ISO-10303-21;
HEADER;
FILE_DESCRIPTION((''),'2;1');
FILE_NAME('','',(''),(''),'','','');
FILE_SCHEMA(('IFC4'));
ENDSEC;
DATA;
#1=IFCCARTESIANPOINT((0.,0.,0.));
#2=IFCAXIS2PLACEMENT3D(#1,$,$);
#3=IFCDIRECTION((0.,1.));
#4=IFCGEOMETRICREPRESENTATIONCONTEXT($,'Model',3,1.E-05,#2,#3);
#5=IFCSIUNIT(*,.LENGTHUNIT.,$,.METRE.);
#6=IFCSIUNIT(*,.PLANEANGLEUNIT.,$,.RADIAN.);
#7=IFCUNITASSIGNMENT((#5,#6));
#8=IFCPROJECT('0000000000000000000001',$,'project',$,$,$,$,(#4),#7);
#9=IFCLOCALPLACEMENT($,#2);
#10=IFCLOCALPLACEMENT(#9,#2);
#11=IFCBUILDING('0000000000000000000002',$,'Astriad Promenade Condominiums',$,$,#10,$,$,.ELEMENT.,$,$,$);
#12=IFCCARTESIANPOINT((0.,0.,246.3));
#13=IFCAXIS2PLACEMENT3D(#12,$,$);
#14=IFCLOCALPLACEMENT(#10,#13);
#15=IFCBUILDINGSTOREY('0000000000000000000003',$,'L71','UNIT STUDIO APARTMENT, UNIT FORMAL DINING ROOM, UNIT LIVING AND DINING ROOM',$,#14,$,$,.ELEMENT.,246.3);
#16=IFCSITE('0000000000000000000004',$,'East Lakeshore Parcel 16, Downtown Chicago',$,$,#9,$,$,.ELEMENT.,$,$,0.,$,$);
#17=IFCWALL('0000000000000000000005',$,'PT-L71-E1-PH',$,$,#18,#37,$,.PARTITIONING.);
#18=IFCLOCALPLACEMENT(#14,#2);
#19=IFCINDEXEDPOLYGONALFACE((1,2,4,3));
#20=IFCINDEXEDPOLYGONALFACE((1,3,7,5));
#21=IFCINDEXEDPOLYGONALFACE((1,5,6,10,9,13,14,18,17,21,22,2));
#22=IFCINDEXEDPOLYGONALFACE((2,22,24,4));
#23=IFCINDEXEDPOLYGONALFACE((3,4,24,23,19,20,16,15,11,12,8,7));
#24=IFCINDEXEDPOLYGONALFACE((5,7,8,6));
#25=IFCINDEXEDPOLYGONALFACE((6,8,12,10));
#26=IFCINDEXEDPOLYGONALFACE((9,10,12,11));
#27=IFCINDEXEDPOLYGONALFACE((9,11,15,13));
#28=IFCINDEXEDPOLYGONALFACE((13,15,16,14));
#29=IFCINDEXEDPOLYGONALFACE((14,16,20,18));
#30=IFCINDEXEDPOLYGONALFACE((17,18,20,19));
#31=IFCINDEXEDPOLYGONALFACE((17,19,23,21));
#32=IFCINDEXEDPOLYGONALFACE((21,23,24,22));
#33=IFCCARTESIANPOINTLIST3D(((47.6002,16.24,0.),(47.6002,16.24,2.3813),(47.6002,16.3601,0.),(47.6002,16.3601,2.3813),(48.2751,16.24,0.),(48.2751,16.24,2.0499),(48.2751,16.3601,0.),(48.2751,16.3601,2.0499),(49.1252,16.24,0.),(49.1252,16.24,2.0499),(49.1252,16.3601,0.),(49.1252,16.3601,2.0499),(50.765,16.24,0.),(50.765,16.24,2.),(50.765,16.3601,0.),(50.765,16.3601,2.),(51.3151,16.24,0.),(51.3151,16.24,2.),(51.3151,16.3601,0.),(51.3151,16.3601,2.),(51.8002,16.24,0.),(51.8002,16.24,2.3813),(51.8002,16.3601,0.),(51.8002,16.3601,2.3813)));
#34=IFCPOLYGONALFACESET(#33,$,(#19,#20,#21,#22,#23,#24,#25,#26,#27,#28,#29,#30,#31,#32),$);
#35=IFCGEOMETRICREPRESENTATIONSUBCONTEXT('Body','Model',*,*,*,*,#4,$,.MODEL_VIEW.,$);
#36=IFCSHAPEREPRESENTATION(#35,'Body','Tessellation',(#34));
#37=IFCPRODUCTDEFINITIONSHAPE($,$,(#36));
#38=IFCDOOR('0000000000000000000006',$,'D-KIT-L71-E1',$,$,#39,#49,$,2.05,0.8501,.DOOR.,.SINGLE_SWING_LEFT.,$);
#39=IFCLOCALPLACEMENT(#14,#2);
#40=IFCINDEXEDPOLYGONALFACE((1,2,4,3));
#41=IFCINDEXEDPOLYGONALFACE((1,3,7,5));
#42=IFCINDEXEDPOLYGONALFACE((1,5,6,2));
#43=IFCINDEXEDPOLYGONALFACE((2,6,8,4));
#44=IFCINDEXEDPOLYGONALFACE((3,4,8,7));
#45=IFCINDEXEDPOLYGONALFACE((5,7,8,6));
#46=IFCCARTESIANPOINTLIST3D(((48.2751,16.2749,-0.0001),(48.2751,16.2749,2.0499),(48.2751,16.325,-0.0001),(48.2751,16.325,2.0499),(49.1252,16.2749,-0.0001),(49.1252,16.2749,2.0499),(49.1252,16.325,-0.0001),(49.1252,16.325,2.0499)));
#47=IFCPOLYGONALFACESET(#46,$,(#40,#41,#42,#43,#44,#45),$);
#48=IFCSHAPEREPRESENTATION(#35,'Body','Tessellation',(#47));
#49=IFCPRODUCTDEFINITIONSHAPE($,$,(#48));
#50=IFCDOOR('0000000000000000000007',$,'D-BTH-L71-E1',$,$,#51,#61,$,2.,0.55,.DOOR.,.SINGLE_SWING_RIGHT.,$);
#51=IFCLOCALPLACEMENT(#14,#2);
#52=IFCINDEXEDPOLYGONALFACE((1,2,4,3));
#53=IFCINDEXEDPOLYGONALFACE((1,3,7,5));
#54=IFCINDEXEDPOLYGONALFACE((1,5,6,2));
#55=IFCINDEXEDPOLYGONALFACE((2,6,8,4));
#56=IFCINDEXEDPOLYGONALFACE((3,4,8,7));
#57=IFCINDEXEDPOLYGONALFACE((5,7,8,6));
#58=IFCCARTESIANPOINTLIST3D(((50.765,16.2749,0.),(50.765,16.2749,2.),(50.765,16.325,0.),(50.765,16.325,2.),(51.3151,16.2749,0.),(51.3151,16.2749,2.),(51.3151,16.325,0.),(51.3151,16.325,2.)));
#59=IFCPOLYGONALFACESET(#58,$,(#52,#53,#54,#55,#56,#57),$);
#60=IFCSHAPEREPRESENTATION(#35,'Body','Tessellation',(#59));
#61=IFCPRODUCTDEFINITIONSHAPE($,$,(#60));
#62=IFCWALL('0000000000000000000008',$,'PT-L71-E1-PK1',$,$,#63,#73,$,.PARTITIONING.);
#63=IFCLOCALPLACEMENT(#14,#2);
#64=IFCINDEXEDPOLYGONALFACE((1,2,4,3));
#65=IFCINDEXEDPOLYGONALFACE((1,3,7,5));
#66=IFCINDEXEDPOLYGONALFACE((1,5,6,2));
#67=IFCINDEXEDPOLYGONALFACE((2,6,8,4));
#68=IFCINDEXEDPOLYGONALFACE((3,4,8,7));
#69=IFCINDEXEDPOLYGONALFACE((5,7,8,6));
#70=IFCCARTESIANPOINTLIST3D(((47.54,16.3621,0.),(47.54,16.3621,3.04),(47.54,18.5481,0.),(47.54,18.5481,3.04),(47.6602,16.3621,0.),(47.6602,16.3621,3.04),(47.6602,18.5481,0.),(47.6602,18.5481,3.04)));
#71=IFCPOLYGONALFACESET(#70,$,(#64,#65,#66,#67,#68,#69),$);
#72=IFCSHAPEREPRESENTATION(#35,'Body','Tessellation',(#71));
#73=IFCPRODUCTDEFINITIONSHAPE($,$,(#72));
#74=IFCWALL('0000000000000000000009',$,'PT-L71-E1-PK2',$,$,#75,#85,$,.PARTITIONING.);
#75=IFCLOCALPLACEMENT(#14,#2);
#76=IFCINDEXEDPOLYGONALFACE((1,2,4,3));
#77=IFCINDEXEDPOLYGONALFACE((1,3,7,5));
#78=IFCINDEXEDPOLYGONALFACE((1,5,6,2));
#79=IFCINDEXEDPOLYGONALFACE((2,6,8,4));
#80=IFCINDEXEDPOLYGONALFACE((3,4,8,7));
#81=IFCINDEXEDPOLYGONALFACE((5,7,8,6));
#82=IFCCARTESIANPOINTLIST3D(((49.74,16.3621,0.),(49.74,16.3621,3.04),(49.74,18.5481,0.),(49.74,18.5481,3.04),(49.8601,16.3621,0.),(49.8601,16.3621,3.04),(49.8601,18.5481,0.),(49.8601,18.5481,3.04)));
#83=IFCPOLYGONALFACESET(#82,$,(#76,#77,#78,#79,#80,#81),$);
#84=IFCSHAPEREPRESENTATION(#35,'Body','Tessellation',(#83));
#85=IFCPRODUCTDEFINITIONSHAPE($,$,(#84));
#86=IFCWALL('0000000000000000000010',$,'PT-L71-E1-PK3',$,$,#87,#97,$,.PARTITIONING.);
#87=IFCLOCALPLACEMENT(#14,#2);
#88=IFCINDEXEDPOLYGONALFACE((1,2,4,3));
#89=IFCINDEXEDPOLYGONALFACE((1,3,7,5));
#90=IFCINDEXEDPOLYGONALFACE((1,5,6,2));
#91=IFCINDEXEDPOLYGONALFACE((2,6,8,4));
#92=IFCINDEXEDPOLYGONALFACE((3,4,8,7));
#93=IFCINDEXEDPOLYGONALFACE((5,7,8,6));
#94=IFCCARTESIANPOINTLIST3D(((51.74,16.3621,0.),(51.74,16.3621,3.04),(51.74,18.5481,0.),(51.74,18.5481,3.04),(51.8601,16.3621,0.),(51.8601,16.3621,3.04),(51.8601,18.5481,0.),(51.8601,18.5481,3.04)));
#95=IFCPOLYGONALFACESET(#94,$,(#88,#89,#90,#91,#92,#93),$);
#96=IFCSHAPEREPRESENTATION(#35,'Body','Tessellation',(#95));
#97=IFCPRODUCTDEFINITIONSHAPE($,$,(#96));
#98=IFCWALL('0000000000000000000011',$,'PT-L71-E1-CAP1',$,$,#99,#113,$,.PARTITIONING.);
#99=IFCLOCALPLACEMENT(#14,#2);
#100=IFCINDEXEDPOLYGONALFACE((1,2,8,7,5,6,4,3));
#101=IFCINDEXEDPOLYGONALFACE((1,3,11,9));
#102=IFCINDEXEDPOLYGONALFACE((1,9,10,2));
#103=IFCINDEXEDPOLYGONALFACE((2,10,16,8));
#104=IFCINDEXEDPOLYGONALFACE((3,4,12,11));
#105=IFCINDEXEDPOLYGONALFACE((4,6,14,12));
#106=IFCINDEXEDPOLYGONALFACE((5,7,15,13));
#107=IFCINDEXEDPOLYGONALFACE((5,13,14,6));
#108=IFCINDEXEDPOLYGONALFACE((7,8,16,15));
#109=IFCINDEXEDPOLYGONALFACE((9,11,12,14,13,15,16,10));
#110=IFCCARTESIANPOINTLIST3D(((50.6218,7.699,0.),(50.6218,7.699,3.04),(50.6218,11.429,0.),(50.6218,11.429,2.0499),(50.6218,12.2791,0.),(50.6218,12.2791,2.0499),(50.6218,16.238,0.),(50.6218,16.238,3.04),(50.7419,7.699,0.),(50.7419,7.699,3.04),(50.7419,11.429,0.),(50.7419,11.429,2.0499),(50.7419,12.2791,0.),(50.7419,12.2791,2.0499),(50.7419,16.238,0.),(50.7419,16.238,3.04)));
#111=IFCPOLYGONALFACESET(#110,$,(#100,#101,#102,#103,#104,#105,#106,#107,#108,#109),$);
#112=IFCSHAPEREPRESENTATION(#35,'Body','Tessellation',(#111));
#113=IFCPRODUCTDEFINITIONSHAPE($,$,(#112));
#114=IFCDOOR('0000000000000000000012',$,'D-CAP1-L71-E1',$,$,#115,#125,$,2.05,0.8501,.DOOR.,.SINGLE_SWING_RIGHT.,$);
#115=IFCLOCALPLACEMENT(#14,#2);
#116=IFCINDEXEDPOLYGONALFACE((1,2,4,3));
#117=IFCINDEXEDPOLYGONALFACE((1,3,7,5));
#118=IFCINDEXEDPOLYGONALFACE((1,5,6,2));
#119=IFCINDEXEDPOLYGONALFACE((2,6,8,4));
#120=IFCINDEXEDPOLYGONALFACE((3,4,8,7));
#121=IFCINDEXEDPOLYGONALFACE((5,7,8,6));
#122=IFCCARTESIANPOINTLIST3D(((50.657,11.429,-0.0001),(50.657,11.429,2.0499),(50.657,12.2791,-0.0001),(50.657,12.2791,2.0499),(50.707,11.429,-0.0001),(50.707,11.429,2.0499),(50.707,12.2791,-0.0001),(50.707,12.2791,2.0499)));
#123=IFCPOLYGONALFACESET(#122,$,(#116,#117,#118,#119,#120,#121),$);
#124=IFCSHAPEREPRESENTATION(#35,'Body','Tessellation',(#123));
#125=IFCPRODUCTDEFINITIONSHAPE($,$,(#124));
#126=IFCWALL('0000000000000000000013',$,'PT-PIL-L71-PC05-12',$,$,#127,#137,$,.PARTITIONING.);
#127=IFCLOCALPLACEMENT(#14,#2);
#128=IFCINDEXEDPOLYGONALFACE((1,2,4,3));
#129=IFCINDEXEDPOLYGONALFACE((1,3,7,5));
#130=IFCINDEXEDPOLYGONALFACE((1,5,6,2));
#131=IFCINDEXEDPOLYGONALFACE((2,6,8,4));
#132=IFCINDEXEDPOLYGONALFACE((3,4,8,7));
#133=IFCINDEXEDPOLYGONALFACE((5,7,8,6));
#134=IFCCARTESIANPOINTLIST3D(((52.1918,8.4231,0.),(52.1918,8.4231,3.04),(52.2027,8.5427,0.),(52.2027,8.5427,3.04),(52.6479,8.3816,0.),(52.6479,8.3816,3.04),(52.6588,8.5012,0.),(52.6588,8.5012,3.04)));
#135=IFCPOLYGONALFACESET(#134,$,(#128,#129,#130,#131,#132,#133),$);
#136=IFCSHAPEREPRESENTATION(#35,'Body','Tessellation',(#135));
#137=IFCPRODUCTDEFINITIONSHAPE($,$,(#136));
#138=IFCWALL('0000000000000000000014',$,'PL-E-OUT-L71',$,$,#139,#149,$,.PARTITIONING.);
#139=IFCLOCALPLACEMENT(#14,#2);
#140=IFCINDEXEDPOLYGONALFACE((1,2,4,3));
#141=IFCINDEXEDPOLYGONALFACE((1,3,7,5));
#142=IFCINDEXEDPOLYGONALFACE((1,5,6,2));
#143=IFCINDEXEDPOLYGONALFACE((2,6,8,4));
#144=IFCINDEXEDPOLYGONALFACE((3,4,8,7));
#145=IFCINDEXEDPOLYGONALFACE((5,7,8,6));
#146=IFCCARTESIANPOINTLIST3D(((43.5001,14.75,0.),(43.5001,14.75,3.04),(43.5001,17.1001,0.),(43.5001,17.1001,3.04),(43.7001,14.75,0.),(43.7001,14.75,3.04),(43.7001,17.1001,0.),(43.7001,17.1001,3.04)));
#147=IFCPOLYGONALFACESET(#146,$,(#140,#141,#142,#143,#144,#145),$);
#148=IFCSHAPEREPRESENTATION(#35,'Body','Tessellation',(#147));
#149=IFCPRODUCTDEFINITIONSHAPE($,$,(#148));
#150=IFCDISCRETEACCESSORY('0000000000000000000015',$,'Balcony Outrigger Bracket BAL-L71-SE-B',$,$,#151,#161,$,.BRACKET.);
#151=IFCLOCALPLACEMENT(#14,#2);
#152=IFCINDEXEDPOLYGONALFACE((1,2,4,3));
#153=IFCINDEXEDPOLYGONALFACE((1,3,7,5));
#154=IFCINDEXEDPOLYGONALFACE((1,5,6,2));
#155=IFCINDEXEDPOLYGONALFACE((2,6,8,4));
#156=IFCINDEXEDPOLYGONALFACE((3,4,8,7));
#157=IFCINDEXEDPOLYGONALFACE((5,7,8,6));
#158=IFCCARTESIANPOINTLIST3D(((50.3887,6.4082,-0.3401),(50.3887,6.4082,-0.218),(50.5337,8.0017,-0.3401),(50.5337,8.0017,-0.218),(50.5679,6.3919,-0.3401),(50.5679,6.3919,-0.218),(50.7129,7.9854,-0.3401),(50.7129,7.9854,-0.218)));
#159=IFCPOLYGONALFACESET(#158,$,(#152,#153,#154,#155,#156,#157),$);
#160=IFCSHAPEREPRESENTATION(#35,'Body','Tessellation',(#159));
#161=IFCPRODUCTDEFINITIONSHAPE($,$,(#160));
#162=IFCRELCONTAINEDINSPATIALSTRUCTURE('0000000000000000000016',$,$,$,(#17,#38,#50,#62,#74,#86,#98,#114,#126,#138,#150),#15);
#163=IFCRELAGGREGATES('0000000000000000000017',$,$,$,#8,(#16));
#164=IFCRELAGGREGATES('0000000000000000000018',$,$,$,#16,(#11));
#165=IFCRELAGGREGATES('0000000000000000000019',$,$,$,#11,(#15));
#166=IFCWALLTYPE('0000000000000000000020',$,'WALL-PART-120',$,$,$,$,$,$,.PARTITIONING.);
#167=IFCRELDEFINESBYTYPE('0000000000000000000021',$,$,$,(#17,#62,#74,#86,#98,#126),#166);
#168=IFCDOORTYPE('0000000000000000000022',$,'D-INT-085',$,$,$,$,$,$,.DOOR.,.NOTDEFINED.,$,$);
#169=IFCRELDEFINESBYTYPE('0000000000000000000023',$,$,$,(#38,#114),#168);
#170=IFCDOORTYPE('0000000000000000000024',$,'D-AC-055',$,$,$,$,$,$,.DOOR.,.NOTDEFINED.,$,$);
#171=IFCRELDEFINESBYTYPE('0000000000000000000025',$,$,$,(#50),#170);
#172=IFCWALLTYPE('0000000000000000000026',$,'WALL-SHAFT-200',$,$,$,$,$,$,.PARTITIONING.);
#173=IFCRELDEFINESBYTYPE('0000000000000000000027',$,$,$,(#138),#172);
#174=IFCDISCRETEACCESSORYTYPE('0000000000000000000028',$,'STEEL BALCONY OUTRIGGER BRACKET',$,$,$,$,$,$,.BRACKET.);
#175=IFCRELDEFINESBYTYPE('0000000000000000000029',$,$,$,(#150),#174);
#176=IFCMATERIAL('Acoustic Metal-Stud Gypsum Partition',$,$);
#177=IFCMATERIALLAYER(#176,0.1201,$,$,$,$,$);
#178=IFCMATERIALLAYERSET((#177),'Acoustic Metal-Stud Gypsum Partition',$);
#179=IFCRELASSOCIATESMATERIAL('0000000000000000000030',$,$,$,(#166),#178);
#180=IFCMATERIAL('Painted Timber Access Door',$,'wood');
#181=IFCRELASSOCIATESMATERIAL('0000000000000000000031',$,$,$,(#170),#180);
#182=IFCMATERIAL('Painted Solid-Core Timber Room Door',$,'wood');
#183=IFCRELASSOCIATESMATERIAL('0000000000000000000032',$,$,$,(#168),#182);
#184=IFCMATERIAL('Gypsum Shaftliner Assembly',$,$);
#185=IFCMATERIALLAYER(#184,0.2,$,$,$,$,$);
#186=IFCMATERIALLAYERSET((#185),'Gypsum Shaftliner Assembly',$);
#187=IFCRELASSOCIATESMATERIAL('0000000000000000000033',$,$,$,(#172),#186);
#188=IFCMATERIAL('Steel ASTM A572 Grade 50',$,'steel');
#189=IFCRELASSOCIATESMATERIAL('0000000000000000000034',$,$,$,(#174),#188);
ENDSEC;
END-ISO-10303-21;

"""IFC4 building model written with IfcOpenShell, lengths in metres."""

from ifc_helpers import new_model, si_unit, direction, frame, frame_2d, origin, origin_2d, place, context, subcontext, project, spatial, rectangle, extrude, source, transform, mapped, material, layer, layer_set, type_object, type_shapes, element, fill, save


model = new_model("IFC4")

# Units and contexts
model_context = context("Model", 3, precision=1e-05, world=origin(), true_north=direction((0.0, 1.0)))
body_context = subcontext(model_context, "Body", "Model", "MODEL_VIEW")
ifc_project = project(units=[si_unit("LENGTHUNIT", "METRE"), si_unit("PLANEANGLEUNIT", "RADIAN")], contexts=[model_context])

# Site, building, storey
site_placement = place(None, origin())
site = spatial("IfcSite", under=ifc_project, at=site_placement, Name="East Lakeshore Parcel 16, Downtown Chicago", CompositionType="ELEMENT", RefElevation=0.0)
building_placement = place(site_placement, origin())
building = spatial("IfcBuilding", under=site, at=building_placement, Name="Astriad Promenade Condominiums", CompositionType="ELEMENT")
storey_placement = place(building_placement, frame((0.0, 0.0, 246.3)))
storey = spatial("IfcBuildingStorey", under=building, at=storey_placement, Name="L71", Description="UNIT STUDIO APARTMENT, UNIT FORMAL DINING ROOM, UNIT LIVING AND DINING ROOM", CompositionType="ELEMENT", Elevation=246.3)

# Shared definitions
ifc_material_1 = material(Name="Acoustic Metal-Stud Gypsum Partition")
ifc_layer_1 = layer(ifc_material_1, 0.1201)
ifc_layer_set_1 = layer_set([ifc_layer_1], Name="Acoustic Metal-Stud Gypsum Partition")
wall_type_1 = type_object("IfcWallType", Name="WALL-PART-120", PredefinedType="PARTITIONING", material=ifc_layer_set_1)
ifc_material_2 = material(Name="Painted Timber Access Door", Category="wood")
door_type_1 = type_object("IfcDoorType", Name="D-AC-055", OperationType="NOTDEFINED", PredefinedType="DOOR", material=ifc_material_2)
shared_shape_1 = source(origin(), body_context, "Body", "SweptSolid", [
    extrude(rectangle(XDim=0.55, YDim=2.0, at=frame_2d((0.2749, 1.0))), frame((0.0, 0.0249, 0.0), z_axis=(0.0, -1.0, 0.0), x_axis=(1.0, 0.0, 0.0)), (0.0, 0.0, 1.0), 0.05),
])
type_shapes(door_type_1, [shared_shape_1])

# Wall, openings, doors
wall_1_placement = place(storey_placement, frame((47.6001, 16.3, 0.0), z_axis=(0.0, 0.0, 1.0), x_axis=(1.0, 0.0, 0.0)))
wall_1 = element("IfcWall", 1, at=wall_1_placement, inside=storey, type_object=wall_type_1, Name="PT-L71-E1-PH", PredefinedType="PARTITIONING", context=body_context, shape_type="SweptSolid", body=[
    extrude(rectangle(XDim=4.2, YDim=0.1201, at=frame_2d((2.1001, 0.0))), origin(), (0.0, 0.0, 1.0), 2.3813),
])
opening_1_placement = place(wall_1_placement, frame((0.675, 0.0, 0.0)))
opening_1 = element("IfcOpeningElement", 2, at=opening_1_placement, cuts=wall_1, PredefinedType="OPENING", context=body_context, shape_type="SweptSolid", body=[
    extrude(rectangle(XDim=0.8501, YDim=2.05, at=frame_2d((0.425, 1.0249))), frame((0.0, 0.0701, 0.0), z_axis=(0.0, -1.0, 0.0), x_axis=(1.0, 0.0, 0.0)), (0.0, 0.0, 1.0), 0.1401),
])
opening_2_placement = place(wall_1_placement, frame((3.165, 0.0, 0.0)))
opening_2 = element("IfcOpeningElement", 3, at=opening_2_placement, cuts=wall_1, PredefinedType="OPENING", context=body_context, shape_type="SweptSolid", body=[
    extrude(rectangle(XDim=0.55, YDim=2.0, at=frame_2d((0.2749, 1.0))), frame((0.0, 0.0701, 0.0), z_axis=(0.0, -1.0, 0.0), x_axis=(1.0, 0.0, 0.0)), (0.0, 0.0, 1.0), 0.1401),
])
ifc_material_3 = material(Name="Painted Solid-Core Timber Room Door", Category="wood")
door_type_2 = type_object("IfcDoorType", Name="D-INT-085", OperationType="NOTDEFINED", PredefinedType="DOOR", material=ifc_material_3)
shared_shape_2 = source(origin(), body_context, "Body", "SweptSolid", [
    extrude(rectangle(XDim=0.8501, YDim=2.05, at=frame_2d((0.425, 1.0249))), frame((0.0, 0.0249, 0.0), z_axis=(0.0, -1.0, 0.0), x_axis=(1.0, 0.0, 0.0)), (0.0, 0.0, 1.0), 0.05),
])
type_shapes(door_type_2, [shared_shape_2])
door_1_placement = place(opening_1_placement, origin())
door_1 = element("IfcDoor", 4, at=door_1_placement, inside=storey, type_object=door_type_2, Name="D-KIT-L71-E1", OperationType="SINGLE_SWING_LEFT", OverallHeight=2.05, OverallWidth=0.8501, PredefinedType="DOOR", context=body_context, shape_type="MappedRepresentation", body=[
    mapped(shared_shape_2, transform((0.0, 0.0, 0.0), scale=1.0)),
])
fill(opening_1, door_1)
door_2_placement = place(opening_2_placement, origin())
door_2 = element("IfcDoor", 5, at=door_2_placement, inside=storey, type_object=door_type_1, Name="D-BTH-L71-E1", OperationType="SINGLE_SWING_RIGHT", OverallHeight=2.0, OverallWidth=0.55, PredefinedType="DOOR", context=body_context, shape_type="MappedRepresentation", body=[
    mapped(shared_shape_1, transform((0.0, 0.0, 0.0), scale=1.0)),
])
fill(opening_2, door_2)

# Walls
for number, where, z_axis, x_axis, name in (
    (6, (47.6001, 16.3621, 0.0), (0.0, 0.0, 1.0), (0.0, 1.0, 0.0), "PT-L71-E1-PK1"),
    (7, (49.8, 16.3621, 0.0), (0.0, 0.0, 1.0), (0.0, 1.0, 0.0), "PT-L71-E1-PK2"),
    (8, (51.8, 16.3621, 0.0), (0.0, 0.0, 1.0), (0.0, 1.0, 0.0), "PT-L71-E1-PK3"),
):
    element("IfcWall", number, at=place(storey_placement, frame(where, z_axis=z_axis, x_axis=x_axis)), inside=storey, type_object=wall_type_1, Name=name, PredefinedType="PARTITIONING", context=body_context, shape_type="SweptSolid", body=[
        extrude(rectangle(XDim=2.186, YDim=0.1201, at=frame_2d((1.093, 0.0))), origin(), (0.0, 0.0, 1.0), 3.04),
    ])

# Wall, opening, door
wall_2_placement = place(storey_placement, frame((50.6819, 7.699, 0.0), z_axis=(0.0, 0.0, 1.0), x_axis=(0.0, 1.0, 0.0)))
wall_2 = element("IfcWall", 9, at=wall_2_placement, inside=storey, type_object=wall_type_1, Name="PT-L71-E1-CAP1", PredefinedType="PARTITIONING", context=body_context, shape_type="SweptSolid", body=[
    extrude(rectangle(XDim=8.5391, YDim=0.1201, at=frame_2d((4.2695, 0.0))), origin(), (0.0, 0.0, 1.0), 3.04),
])
opening_3_placement = place(wall_2_placement, frame((3.73, 0.0, 0.0)))
opening_3 = element("IfcOpeningElement", 10, at=opening_3_placement, cuts=wall_2, PredefinedType="OPENING", context=body_context, shape_type="SweptSolid", body=[
    extrude(rectangle(XDim=0.8501, YDim=2.05, at=frame_2d((0.425, 1.0249))), frame((0.0, 0.0701, 0.0), z_axis=(0.0, -1.0, 0.0), x_axis=(1.0, 0.0, 0.0)), (0.0, 0.0, 1.0), 0.1401),
])
door_3_placement = place(opening_3_placement, origin())
door_3 = element("IfcDoor", 11, at=door_3_placement, inside=storey, type_object=door_type_2, Name="D-CAP1-L71-E1", OperationType="SINGLE_SWING_RIGHT", OverallHeight=2.05, OverallWidth=0.8501, PredefinedType="DOOR", context=body_context, shape_type="MappedRepresentation", body=[
    mapped(shared_shape_2, transform((0.0, 0.0, 0.0), scale=1.0)),
])
fill(opening_3, door_3)

# Walls
wall_3_placement = place(storey_placement, frame((52.1973, 8.4829, 0.0), z_axis=(0.0, 0.0, 1.0), x_axis=(0.995884, -0.090632, 0.0)))
element("IfcWall", 12, at=wall_3_placement, inside=storey, type_object=wall_type_1, Name="PT-PIL-L71-PC05-12", PredefinedType="PARTITIONING", context=body_context, shape_type="SweptSolid", body=[
    extrude(rectangle(XDim=0.458, YDim=0.1201, at=frame_2d((0.229, 0.0))), origin(), (0.0, 0.0, 1.0), 3.04),
])
ifc_material_4 = material(Name="Gypsum Shaftliner Assembly")
ifc_layer_2 = layer(ifc_material_4, 0.2)
ifc_layer_set_2 = layer_set([ifc_layer_2], Name="Gypsum Shaftliner Assembly")
wall_type_2 = type_object("IfcWallType", Name="WALL-SHAFT-200", PredefinedType="PARTITIONING", material=ifc_layer_set_2)
wall_4_placement = place(storey_placement, frame((43.6001, 14.75, 0.0), z_axis=(0.0, 0.0, 1.0), x_axis=(0.0, 1.0, 0.0)))
element("IfcWall", 13, at=wall_4_placement, inside=storey, type_object=wall_type_2, Name="PL-E-OUT-L71", PredefinedType="PARTITIONING", context=body_context, shape_type="SweptSolid", body=[
    extrude(rectangle(XDim=2.3501, YDim=0.2, at=frame_2d((1.175, 0.0))), origin(), (0.0, 0.0, 1.0), 3.04),
])

# Discrete accessory
ifc_material_5 = material(Name="Steel ASTM A572 Grade 50", Category="steel")
discrete_accessory_type = type_object("IfcDiscreteAccessoryType", Name="STEEL BALCONY OUTRIGGER BRACKET", PredefinedType="BRACKET", material=ifc_material_5)
shared_shape_3 = source(origin(), body_context, "Body", "SweptSolid", [
    extrude(rectangle(XDim=1.6001, YDim=0.1799, at=origin_2d()), origin(), (0.0, 0.0, 1.0), 0.1221),
])
type_shapes(discrete_accessory_type, [shared_shape_3])
discrete_accessory_placement = place(storey_placement, frame((50.5508, 7.1968, -0.3401), z_axis=(0.0, 0.0, 1.0), x_axis=(-0.090633, -0.995884, 0.0)))
element("IfcDiscreteAccessory", 14, at=discrete_accessory_placement, inside=storey, type_object=discrete_accessory_type, Name="Balcony Outrigger Bracket BAL-L71-SE-B", PredefinedType="BRACKET", context=body_context, shape_type="MappedRepresentation", body=[
    mapped(shared_shape_3, transform((0.0, 0.0, 0.0), scale=1.0)),
])

save(model, "model.ifc")
